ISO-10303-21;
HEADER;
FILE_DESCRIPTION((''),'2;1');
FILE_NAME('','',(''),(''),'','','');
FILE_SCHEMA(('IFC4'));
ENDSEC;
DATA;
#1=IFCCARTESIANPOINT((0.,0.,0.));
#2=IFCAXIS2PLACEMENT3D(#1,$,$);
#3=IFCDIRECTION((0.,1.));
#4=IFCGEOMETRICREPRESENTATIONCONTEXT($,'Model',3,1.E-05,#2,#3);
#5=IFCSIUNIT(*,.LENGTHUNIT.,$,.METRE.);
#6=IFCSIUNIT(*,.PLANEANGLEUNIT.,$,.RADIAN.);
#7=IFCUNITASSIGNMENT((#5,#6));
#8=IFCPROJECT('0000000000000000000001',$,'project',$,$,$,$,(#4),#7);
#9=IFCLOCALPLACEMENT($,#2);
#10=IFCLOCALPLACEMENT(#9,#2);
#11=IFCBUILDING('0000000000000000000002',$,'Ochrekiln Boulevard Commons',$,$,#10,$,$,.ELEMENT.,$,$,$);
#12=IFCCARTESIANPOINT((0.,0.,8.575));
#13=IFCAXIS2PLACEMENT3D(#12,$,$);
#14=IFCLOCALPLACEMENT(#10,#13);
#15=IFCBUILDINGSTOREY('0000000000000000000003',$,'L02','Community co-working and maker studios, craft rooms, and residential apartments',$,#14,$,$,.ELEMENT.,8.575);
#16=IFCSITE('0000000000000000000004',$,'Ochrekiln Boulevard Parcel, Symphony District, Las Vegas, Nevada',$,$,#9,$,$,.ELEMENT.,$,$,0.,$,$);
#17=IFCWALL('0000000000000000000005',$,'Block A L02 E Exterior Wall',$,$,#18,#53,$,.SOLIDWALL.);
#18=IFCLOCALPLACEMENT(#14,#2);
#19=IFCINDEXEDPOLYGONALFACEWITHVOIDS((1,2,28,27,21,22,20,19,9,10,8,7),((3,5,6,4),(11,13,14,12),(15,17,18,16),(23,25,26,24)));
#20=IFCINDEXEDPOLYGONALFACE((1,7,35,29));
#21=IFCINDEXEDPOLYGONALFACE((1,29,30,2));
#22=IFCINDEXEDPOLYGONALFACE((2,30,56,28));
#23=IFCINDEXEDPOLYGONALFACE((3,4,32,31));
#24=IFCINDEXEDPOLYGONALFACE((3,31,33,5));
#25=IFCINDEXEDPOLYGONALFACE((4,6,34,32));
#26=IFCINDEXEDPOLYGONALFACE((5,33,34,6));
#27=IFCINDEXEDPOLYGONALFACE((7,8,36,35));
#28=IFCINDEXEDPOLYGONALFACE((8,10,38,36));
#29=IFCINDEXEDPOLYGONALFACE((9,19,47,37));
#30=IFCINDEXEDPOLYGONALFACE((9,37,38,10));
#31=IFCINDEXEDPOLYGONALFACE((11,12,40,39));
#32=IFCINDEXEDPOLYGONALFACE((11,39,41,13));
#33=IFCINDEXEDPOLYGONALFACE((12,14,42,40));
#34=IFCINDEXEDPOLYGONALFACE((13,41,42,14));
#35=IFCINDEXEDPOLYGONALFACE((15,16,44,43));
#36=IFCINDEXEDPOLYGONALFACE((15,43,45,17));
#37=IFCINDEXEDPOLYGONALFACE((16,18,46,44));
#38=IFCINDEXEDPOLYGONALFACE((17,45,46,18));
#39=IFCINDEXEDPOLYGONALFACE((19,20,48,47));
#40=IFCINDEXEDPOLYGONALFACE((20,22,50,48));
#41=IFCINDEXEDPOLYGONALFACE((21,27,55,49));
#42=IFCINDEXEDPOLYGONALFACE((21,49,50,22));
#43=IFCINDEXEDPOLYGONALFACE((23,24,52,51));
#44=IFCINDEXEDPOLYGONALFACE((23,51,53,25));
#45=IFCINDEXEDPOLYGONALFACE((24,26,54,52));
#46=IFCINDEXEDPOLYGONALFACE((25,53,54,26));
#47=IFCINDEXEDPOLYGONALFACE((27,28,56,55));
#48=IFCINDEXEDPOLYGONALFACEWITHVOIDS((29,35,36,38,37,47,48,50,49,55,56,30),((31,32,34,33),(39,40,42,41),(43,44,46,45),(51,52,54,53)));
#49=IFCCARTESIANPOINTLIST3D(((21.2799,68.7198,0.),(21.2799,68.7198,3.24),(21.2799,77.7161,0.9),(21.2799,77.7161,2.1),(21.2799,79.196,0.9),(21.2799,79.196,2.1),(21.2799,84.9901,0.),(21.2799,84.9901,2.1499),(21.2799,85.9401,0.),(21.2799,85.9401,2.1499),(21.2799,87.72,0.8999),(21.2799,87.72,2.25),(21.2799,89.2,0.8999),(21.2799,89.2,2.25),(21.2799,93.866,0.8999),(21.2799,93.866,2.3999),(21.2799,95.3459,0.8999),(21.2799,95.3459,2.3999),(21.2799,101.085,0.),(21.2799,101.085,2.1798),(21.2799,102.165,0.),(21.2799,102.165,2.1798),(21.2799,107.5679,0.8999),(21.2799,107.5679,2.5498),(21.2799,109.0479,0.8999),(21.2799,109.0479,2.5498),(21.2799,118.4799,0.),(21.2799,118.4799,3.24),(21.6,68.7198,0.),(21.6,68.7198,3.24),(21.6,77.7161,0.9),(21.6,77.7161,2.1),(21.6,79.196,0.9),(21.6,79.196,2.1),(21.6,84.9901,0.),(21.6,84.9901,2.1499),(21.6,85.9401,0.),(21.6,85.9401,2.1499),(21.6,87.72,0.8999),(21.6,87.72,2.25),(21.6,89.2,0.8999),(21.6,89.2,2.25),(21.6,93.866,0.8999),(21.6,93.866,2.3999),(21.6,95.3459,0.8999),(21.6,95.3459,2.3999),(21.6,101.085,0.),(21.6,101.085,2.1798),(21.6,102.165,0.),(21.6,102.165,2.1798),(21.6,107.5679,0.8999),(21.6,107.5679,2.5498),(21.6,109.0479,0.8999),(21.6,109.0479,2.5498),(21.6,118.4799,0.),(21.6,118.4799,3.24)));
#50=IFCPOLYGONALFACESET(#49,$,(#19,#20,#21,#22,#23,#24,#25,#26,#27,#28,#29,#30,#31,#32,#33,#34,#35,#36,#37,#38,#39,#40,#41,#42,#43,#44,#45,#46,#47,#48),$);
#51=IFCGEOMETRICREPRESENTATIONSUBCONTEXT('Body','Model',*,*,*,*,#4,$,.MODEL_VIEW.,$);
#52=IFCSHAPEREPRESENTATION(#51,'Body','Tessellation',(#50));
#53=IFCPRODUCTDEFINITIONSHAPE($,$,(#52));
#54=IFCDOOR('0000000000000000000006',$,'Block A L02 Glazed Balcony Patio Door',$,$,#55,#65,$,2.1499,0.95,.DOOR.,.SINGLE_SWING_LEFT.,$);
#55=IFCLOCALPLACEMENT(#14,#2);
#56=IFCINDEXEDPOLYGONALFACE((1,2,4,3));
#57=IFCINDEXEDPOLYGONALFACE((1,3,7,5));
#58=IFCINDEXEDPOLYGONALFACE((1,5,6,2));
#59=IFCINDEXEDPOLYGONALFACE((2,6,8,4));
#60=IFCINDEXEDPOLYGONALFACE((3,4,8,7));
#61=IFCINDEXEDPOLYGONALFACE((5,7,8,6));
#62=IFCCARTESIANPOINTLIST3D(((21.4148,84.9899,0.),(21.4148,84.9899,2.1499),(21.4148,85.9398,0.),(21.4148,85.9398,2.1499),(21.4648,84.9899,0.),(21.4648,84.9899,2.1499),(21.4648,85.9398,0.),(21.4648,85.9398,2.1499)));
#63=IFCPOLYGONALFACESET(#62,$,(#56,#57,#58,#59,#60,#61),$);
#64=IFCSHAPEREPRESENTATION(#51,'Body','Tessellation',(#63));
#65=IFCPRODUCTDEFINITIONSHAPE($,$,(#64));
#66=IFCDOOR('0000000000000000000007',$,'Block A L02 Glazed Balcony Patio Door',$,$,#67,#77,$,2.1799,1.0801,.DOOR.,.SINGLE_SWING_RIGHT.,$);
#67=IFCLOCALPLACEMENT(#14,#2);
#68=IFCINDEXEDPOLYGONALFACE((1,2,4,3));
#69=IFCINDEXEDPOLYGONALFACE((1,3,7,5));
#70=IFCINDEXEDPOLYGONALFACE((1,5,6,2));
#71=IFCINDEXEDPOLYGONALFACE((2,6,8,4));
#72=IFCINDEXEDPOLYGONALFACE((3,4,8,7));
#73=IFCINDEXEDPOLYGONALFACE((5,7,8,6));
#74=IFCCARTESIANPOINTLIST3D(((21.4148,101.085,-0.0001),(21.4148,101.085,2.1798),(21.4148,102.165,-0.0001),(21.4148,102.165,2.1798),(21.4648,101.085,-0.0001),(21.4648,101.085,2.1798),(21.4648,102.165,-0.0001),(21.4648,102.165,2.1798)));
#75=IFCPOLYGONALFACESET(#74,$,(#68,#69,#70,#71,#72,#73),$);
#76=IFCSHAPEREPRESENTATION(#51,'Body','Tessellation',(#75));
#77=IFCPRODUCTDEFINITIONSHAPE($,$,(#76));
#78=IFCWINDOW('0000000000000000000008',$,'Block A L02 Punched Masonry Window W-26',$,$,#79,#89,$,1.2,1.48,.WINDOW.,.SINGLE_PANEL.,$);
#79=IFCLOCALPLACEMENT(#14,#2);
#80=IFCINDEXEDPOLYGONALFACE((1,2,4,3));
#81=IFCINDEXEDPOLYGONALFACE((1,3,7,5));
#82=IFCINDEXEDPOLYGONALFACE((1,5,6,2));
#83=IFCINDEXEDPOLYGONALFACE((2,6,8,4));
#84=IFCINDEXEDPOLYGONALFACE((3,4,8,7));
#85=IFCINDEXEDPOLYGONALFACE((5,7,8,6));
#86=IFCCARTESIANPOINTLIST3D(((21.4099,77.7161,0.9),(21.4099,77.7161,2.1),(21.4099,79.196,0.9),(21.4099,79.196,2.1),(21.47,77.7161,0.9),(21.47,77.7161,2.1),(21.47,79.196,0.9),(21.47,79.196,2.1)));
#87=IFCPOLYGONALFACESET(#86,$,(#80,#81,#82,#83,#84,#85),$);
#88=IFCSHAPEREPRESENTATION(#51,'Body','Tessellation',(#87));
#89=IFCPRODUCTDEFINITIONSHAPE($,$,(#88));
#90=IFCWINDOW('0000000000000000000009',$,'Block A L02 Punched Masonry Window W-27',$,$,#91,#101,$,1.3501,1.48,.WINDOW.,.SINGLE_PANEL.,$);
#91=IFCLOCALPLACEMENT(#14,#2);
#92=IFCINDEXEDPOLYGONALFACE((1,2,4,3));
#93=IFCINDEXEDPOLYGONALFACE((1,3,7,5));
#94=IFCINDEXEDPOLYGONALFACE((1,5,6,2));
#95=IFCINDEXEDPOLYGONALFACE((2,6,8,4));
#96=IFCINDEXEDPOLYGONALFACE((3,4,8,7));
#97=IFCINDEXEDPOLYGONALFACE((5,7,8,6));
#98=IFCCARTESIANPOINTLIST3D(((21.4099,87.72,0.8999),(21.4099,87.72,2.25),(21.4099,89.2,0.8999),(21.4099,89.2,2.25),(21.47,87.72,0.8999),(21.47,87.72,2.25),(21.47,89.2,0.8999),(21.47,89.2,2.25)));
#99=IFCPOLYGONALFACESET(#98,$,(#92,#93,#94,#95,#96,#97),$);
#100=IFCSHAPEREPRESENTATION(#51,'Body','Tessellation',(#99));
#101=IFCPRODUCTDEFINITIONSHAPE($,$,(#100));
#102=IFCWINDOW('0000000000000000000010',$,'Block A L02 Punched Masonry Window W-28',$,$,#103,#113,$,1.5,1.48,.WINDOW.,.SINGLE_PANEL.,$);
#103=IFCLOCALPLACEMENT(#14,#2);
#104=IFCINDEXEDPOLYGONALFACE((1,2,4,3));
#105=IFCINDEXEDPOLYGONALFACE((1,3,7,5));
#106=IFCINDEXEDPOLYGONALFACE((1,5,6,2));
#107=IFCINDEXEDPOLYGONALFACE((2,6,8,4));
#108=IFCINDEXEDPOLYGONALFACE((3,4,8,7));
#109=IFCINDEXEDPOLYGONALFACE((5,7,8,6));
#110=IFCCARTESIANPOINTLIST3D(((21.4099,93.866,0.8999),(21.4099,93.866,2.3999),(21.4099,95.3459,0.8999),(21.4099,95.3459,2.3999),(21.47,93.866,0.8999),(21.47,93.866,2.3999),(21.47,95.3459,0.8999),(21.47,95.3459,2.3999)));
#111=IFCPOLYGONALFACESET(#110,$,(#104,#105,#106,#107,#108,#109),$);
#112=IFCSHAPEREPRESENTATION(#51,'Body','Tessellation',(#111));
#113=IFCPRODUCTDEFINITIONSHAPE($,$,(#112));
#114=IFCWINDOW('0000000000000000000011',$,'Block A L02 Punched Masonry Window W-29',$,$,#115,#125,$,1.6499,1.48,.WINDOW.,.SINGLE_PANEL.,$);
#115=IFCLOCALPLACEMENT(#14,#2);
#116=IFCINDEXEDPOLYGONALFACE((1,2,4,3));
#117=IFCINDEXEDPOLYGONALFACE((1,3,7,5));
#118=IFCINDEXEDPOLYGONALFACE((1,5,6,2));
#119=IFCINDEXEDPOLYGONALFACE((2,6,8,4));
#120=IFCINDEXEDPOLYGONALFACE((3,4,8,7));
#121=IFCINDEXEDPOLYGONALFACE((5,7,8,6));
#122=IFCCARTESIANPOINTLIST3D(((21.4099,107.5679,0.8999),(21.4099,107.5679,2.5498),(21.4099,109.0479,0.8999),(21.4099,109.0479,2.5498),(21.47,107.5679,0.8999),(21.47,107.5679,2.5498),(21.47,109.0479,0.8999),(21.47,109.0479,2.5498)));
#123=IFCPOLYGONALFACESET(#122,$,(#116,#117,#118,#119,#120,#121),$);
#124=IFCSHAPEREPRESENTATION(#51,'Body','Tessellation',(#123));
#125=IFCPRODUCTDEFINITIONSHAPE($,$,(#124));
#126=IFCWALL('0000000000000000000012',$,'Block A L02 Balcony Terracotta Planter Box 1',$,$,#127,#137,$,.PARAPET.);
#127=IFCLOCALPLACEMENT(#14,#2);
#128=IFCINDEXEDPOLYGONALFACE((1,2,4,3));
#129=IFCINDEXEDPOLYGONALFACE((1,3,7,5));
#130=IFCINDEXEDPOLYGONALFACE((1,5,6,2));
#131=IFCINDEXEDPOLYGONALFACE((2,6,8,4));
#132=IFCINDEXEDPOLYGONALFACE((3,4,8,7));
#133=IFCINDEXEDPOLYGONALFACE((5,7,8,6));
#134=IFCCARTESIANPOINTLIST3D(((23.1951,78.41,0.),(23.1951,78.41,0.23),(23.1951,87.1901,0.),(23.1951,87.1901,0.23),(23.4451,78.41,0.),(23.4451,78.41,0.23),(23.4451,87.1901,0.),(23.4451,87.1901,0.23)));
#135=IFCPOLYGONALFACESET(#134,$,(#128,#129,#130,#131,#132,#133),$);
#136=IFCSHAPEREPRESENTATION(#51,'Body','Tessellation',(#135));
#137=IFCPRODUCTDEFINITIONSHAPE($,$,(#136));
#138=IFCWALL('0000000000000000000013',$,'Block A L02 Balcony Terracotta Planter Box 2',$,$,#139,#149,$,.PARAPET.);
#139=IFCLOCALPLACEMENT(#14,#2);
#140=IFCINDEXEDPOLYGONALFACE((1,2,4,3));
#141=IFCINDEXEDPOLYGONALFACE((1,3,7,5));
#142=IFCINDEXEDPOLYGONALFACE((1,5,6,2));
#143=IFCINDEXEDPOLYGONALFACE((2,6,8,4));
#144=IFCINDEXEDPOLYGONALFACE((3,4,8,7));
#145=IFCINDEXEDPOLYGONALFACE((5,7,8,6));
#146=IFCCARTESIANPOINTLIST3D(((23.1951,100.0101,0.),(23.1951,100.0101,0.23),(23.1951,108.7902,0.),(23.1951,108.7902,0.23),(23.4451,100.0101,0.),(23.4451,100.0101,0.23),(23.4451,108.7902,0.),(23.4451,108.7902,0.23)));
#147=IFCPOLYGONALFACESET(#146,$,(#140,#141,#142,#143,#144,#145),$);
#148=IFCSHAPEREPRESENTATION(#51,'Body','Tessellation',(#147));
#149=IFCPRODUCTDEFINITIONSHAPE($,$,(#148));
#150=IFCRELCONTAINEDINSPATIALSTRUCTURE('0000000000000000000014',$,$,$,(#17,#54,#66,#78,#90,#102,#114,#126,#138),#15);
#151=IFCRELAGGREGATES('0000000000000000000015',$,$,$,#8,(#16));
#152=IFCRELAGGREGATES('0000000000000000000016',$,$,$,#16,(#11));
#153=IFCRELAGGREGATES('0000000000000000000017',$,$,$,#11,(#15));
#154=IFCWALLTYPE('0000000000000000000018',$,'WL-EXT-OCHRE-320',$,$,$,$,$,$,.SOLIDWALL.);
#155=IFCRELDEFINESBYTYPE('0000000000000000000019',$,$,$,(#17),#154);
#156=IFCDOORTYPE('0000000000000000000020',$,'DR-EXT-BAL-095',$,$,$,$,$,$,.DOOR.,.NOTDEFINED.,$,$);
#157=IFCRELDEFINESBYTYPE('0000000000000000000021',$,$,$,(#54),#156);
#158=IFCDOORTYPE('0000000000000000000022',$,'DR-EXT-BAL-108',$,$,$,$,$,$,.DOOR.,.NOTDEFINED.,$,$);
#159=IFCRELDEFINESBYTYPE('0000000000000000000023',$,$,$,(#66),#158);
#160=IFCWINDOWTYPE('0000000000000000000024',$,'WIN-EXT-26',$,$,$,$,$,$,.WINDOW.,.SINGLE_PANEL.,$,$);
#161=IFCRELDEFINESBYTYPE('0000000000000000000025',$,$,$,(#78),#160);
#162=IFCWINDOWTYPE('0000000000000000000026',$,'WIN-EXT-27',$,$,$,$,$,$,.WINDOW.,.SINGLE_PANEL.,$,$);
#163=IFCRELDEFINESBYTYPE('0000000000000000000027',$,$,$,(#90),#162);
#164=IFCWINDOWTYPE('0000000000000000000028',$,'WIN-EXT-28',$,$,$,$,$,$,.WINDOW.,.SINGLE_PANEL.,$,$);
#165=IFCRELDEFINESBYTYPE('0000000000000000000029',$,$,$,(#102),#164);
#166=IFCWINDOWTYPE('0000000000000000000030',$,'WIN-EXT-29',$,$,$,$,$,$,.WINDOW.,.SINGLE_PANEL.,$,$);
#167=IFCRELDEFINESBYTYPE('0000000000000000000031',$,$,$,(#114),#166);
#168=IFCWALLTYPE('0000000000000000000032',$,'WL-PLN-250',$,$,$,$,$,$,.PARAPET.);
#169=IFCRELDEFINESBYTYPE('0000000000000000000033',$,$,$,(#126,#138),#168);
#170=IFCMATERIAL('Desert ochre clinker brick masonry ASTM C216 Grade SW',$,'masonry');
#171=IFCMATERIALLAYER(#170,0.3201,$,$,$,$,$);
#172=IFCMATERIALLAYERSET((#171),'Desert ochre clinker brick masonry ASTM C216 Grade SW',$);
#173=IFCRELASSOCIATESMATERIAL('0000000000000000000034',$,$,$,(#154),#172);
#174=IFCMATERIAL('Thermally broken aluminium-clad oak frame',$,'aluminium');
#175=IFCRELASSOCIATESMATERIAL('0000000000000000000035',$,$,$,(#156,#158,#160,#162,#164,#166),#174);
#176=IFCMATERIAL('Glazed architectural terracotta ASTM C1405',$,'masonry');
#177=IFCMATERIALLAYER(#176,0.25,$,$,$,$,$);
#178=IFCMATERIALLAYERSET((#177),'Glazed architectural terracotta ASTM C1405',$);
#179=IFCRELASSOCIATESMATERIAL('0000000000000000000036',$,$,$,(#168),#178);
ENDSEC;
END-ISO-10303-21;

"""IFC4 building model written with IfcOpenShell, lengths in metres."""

from ifc_helpers import new_model, si_unit, direction, frame, frame_2d, origin, place, context, subcontext, project, spatial, rectangle, extrude, material, layer, layer_set, type_object, element, fill, save


model = new_model("IFC4")

# Units and contexts
model_context = context("Model", 3, precision=1e-05, world=origin(), true_north=direction((0.0, 1.0)))
body_context = subcontext(model_context, "Body", "Model", "MODEL_VIEW")
ifc_project = project(units=[si_unit("LENGTHUNIT", "METRE"), si_unit("PLANEANGLEUNIT", "RADIAN")], contexts=[model_context])

# Site, building, storey
site_placement = place(None, origin())
site = spatial("IfcSite", under=ifc_project, at=site_placement, Name="Ochrekiln Boulevard Parcel, Symphony District, Las Vegas, Nevada", CompositionType="ELEMENT", RefElevation=0.0)
building_placement = place(site_placement, origin())
building = spatial("IfcBuilding", under=site, at=building_placement, Name="Ochrekiln Boulevard Commons", CompositionType="ELEMENT")
storey_placement = place(building_placement, frame((0.0, 0.0, 8.575)))
storey = spatial("IfcBuildingStorey", under=building, at=storey_placement, Name="L02", Description="Community co-working and maker studios, craft rooms, and residential apartments", CompositionType="ELEMENT", Elevation=8.575)

# Wall, openings, doors, windows
ifc_material_1 = material(Name="Desert ochre clinker brick masonry ASTM C216 Grade SW", Category="masonry")
ifc_layer_1 = layer(ifc_material_1, 0.3201)
ifc_layer_set_1 = layer_set([ifc_layer_1], Name="Desert ochre clinker brick masonry ASTM C216 Grade SW")
wall_type_1 = type_object("IfcWallType", Name="WL-EXT-OCHRE-320", PredefinedType="SOLIDWALL", material=ifc_layer_set_1)
wall_placement = place(storey_placement, frame((21.4399, 68.72, 0.0), z_axis=(0.0, 0.0, 1.0), x_axis=(0.0, 1.0, 0.0)))
wall = element("IfcWall", 1, at=wall_placement, inside=storey, type_object=wall_type_1, Name="Block A L02 E Exterior Wall", PredefinedType="SOLIDWALL", context=body_context, shape_type="SweptSolid", body=[
    extrude(rectangle(XDim=49.76, YDim=0.3201, at=frame_2d((24.8799, 0.0))), origin(), (0.0, 0.0, 1.0), 3.24),
])
opening_1_placement = place(wall_placement, frame((16.27, 0.0, 0.0)))
opening_1 = element("IfcOpeningElement", 2, at=opening_1_placement, cuts=wall, PredefinedType="OPENING", context=body_context, shape_type="SweptSolid", body=[
    extrude(rectangle(XDim=0.95, YDim=2.1499, at=frame_2d((0.4751, 1.075))), frame((0.0, 0.1699, 0.0), z_axis=(0.0, -1.0, 0.0), x_axis=(1.0, 0.0, 0.0)), (0.0, 0.0, 1.0), 0.3401),
])
opening_2_placement = place(wall_placement, frame((8.9961, 0.0, 0.8999)))
opening_2 = element("IfcOpeningElement", 3, at=opening_2_placement, cuts=wall, PredefinedType="OPENING", context=body_context, shape_type="SweptSolid", body=[
    extrude(rectangle(XDim=1.48, YDim=1.2, at=frame_2d((0.74, 0.6001))), frame((0.0, 0.1699, 0.0), z_axis=(0.0, -1.0, 0.0), x_axis=(1.0, 0.0, 0.0)), (0.0, 0.0, 1.0), 0.3401),
])
opening_3_placement = place(wall_placement, frame((19.0, 0.0, 0.8999)))
opening_3 = element("IfcOpeningElement", 4, at=opening_3_placement, cuts=wall, PredefinedType="OPENING", context=body_context, shape_type="SweptSolid", body=[
    extrude(rectangle(XDim=1.48, YDim=1.3501, at=frame_2d((0.74, 0.675))), frame((0.0, 0.1699, 0.0), z_axis=(0.0, -1.0, 0.0), x_axis=(1.0, 0.0, 0.0)), (0.0, 0.0, 1.0), 0.3401),
])
opening_4_placement = place(wall_placement, frame((32.365, 0.0, 0.0)))
opening_4 = element("IfcOpeningElement", 5, at=opening_4_placement, cuts=wall, PredefinedType="OPENING", context=body_context, shape_type="SweptSolid", body=[
    extrude(rectangle(XDim=1.0801, YDim=2.1799, at=frame_2d((0.54, 1.0898))), frame((0.0, 0.1699, 0.0), z_axis=(0.0, -1.0, 0.0), x_axis=(1.0, 0.0, 0.0)), (0.0, 0.0, 1.0), 0.3401),
])
opening_5_placement = place(wall_placement, frame((25.146, 0.0, 0.8999)))
opening_5 = element("IfcOpeningElement", 6, at=opening_5_placement, cuts=wall, PredefinedType="OPENING", context=body_context, shape_type="SweptSolid", body=[
    extrude(rectangle(XDim=1.48, YDim=1.5, at=frame_2d((0.74, 0.75))), frame((0.0, 0.1699, 0.0), z_axis=(0.0, -1.0, 0.0), x_axis=(1.0, 0.0, 0.0)), (0.0, 0.0, 1.0), 0.3401),
])
opening_6_placement = place(wall_placement, frame((38.8479, 0.0, 0.8999)))
opening_6 = element("IfcOpeningElement", 7, at=opening_6_placement, cuts=wall, PredefinedType="OPENING", context=body_context, shape_type="SweptSolid", body=[
    extrude(rectangle(XDim=1.48, YDim=1.6499, at=frame_2d((0.74, 0.825))), frame((0.0, 0.1699, 0.0), z_axis=(0.0, -1.0, 0.0), x_axis=(1.0, 0.0, 0.0)), (0.0, 0.0, 1.0), 0.3401),
])
ifc_material_2 = material(Name="Thermally broken aluminium-clad oak frame", Category="aluminium")
door_type_1 = type_object("IfcDoorType", Name="DR-EXT-BAL-095", OperationType="NOTDEFINED", PredefinedType="DOOR", material=ifc_material_2)
door_1_placement = place(opening_1_placement, frame((0.95, 0.0, 0.0), z_axis=(0.0, 0.0, 1.0), x_axis=(-1.0, 0.0, 0.0)))
door_1 = element("IfcDoor", 8, at=door_1_placement, inside=storey, type_object=door_type_1, Name="Block A L02 Glazed Balcony Patio Door", OperationType="SINGLE_SWING_LEFT", OverallHeight=2.1499, OverallWidth=0.95, PredefinedType="DOOR", context=body_context, shape_type="SweptSolid", body=[
    extrude(rectangle(XDim=0.95, YDim=2.1499, at=frame_2d((0.4751, 1.075))), frame((0.0, 0.0249, 0.0), z_axis=(0.0, -1.0, 0.0), x_axis=(1.0, 0.0, 0.0)), (0.0, 0.0, 1.0), 0.05),
])
fill(opening_1, door_1)
door_type_2 = type_object("IfcDoorType", Name="DR-EXT-BAL-108", OperationType="NOTDEFINED", PredefinedType="DOOR", material=ifc_material_2)
door_2_placement = place(opening_4_placement, frame((1.0801, 0.0, 0.0), z_axis=(0.0, 0.0, 1.0), x_axis=(-1.0, 0.0, 0.0)))
door_2 = element("IfcDoor", 9, at=door_2_placement, inside=storey, type_object=door_type_2, Name="Block A L02 Glazed Balcony Patio Door", OperationType="SINGLE_SWING_RIGHT", OverallHeight=2.1799, OverallWidth=1.0801, PredefinedType="DOOR", context=body_context, shape_type="SweptSolid", body=[
    extrude(rectangle(XDim=1.0801, YDim=2.1799, at=frame_2d((0.54, 1.0898))), frame((0.0, 0.0249, 0.0), z_axis=(0.0, -1.0, 0.0), x_axis=(1.0, 0.0, 0.0)), (0.0, 0.0, 1.0), 0.05),
])
fill(opening_4, door_2)
window_type_1 = type_object("IfcWindowType", Name="WIN-EXT-26", PartitioningType="SINGLE_PANEL", PredefinedType="WINDOW", material=ifc_material_2)
window_1_placement = place(opening_2_placement, origin())
window_1 = element("IfcWindow", 10, at=window_1_placement, inside=storey, type_object=window_type_1, Name="Block A L02 Punched Masonry Window W-26", OverallHeight=1.2, OverallWidth=1.48, PartitioningType="SINGLE_PANEL", PredefinedType="WINDOW", context=body_context, shape_type="SweptSolid", body=[
    extrude(rectangle(XDim=1.48, YDim=1.2, at=frame_2d((0.74, 0.6001))), frame((0.0, 0.03, 0.0), z_axis=(0.0, -1.0, 0.0), x_axis=(1.0, 0.0, 0.0)), (0.0, 0.0, 1.0), 0.0601),
])
fill(opening_2, window_1)
window_type_2 = type_object("IfcWindowType", Name="WIN-EXT-27", PartitioningType="SINGLE_PANEL", PredefinedType="WINDOW", material=ifc_material_2)
window_2_placement = place(opening_3_placement, origin())
window_2 = element("IfcWindow", 11, at=window_2_placement, inside=storey, type_object=window_type_2, Name="Block A L02 Punched Masonry Window W-27", OverallHeight=1.3501, OverallWidth=1.48, PartitioningType="SINGLE_PANEL", PredefinedType="WINDOW", context=body_context, shape_type="SweptSolid", body=[
    extrude(rectangle(XDim=1.48, YDim=1.3501, at=frame_2d((0.74, 0.675))), frame((0.0, 0.03, 0.0), z_axis=(0.0, -1.0, 0.0), x_axis=(1.0, 0.0, 0.0)), (0.0, 0.0, 1.0), 0.0601),
])
fill(opening_3, window_2)
window_type_3 = type_object("IfcWindowType", Name="WIN-EXT-28", PartitioningType="SINGLE_PANEL", PredefinedType="WINDOW", material=ifc_material_2)
window_3_placement = place(opening_5_placement, origin())
window_3 = element("IfcWindow", 12, at=window_3_placement, inside=storey, type_object=window_type_3, Name="Block A L02 Punched Masonry Window W-28", OverallHeight=1.5, OverallWidth=1.48, PartitioningType="SINGLE_PANEL", PredefinedType="WINDOW", context=body_context, shape_type="SweptSolid", body=[
    extrude(rectangle(XDim=1.48, YDim=1.5, at=frame_2d((0.74, 0.75))), frame((0.0, 0.03, 0.0), z_axis=(0.0, -1.0, 0.0), x_axis=(1.0, 0.0, 0.0)), (0.0, 0.0, 1.0), 0.0601),
])
fill(opening_5, window_3)
window_type_4 = type_object("IfcWindowType", Name="WIN-EXT-29", PartitioningType="SINGLE_PANEL", PredefinedType="WINDOW", material=ifc_material_2)
window_4_placement = place(opening_6_placement, origin())
window_4 = element("IfcWindow", 13, at=window_4_placement, inside=storey, type_object=window_type_4, Name="Block A L02 Punched Masonry Window W-29", OverallHeight=1.6499, OverallWidth=1.48, PartitioningType="SINGLE_PANEL", PredefinedType="WINDOW", context=body_context, shape_type="SweptSolid", body=[
    extrude(rectangle(XDim=1.48, YDim=1.6499, at=frame_2d((0.74, 0.825))), frame((0.0, 0.03, 0.0), z_axis=(0.0, -1.0, 0.0), x_axis=(1.0, 0.0, 0.0)), (0.0, 0.0, 1.0), 0.0601),
])
fill(opening_6, window_4)

# Walls
ifc_material_3 = material(Name="Glazed architectural terracotta ASTM C1405", Category="masonry")
ifc_layer_2 = layer(ifc_material_3, 0.25)
ifc_layer_set_2 = layer_set([ifc_layer_2], Name="Glazed architectural terracotta ASTM C1405")
wall_type_2 = type_object("IfcWallType", Name="WL-PLN-250", PredefinedType="PARAPET", material=ifc_layer_set_2)
for number, where, z_axis, x_axis, name in (
    (14, (23.3201, 78.4099, 0.0), (0.0, 0.0, 1.0), (0.0, 1.0, 0.0), "Block A L02 Balcony Terracotta Planter Box 1"),
    (15, (23.3201, 100.01, 0.0), (0.0, 0.0, 1.0), (0.0, 1.0, 0.0), "Block A L02 Balcony Terracotta Planter Box 2"),
):
    element("IfcWall", number, at=place(storey_placement, frame(where, z_axis=z_axis, x_axis=x_axis)), inside=storey, type_object=wall_type_2, Name=name, PredefinedType="PARAPET", context=body_context, shape_type="SweptSolid", body=[
        extrude(rectangle(XDim=8.78, YDim=0.25, at=frame_2d((4.3901, 0.0))), origin(), (0.0, 0.0, 1.0), 0.23),
    ])

save(model, "model.ifc")
